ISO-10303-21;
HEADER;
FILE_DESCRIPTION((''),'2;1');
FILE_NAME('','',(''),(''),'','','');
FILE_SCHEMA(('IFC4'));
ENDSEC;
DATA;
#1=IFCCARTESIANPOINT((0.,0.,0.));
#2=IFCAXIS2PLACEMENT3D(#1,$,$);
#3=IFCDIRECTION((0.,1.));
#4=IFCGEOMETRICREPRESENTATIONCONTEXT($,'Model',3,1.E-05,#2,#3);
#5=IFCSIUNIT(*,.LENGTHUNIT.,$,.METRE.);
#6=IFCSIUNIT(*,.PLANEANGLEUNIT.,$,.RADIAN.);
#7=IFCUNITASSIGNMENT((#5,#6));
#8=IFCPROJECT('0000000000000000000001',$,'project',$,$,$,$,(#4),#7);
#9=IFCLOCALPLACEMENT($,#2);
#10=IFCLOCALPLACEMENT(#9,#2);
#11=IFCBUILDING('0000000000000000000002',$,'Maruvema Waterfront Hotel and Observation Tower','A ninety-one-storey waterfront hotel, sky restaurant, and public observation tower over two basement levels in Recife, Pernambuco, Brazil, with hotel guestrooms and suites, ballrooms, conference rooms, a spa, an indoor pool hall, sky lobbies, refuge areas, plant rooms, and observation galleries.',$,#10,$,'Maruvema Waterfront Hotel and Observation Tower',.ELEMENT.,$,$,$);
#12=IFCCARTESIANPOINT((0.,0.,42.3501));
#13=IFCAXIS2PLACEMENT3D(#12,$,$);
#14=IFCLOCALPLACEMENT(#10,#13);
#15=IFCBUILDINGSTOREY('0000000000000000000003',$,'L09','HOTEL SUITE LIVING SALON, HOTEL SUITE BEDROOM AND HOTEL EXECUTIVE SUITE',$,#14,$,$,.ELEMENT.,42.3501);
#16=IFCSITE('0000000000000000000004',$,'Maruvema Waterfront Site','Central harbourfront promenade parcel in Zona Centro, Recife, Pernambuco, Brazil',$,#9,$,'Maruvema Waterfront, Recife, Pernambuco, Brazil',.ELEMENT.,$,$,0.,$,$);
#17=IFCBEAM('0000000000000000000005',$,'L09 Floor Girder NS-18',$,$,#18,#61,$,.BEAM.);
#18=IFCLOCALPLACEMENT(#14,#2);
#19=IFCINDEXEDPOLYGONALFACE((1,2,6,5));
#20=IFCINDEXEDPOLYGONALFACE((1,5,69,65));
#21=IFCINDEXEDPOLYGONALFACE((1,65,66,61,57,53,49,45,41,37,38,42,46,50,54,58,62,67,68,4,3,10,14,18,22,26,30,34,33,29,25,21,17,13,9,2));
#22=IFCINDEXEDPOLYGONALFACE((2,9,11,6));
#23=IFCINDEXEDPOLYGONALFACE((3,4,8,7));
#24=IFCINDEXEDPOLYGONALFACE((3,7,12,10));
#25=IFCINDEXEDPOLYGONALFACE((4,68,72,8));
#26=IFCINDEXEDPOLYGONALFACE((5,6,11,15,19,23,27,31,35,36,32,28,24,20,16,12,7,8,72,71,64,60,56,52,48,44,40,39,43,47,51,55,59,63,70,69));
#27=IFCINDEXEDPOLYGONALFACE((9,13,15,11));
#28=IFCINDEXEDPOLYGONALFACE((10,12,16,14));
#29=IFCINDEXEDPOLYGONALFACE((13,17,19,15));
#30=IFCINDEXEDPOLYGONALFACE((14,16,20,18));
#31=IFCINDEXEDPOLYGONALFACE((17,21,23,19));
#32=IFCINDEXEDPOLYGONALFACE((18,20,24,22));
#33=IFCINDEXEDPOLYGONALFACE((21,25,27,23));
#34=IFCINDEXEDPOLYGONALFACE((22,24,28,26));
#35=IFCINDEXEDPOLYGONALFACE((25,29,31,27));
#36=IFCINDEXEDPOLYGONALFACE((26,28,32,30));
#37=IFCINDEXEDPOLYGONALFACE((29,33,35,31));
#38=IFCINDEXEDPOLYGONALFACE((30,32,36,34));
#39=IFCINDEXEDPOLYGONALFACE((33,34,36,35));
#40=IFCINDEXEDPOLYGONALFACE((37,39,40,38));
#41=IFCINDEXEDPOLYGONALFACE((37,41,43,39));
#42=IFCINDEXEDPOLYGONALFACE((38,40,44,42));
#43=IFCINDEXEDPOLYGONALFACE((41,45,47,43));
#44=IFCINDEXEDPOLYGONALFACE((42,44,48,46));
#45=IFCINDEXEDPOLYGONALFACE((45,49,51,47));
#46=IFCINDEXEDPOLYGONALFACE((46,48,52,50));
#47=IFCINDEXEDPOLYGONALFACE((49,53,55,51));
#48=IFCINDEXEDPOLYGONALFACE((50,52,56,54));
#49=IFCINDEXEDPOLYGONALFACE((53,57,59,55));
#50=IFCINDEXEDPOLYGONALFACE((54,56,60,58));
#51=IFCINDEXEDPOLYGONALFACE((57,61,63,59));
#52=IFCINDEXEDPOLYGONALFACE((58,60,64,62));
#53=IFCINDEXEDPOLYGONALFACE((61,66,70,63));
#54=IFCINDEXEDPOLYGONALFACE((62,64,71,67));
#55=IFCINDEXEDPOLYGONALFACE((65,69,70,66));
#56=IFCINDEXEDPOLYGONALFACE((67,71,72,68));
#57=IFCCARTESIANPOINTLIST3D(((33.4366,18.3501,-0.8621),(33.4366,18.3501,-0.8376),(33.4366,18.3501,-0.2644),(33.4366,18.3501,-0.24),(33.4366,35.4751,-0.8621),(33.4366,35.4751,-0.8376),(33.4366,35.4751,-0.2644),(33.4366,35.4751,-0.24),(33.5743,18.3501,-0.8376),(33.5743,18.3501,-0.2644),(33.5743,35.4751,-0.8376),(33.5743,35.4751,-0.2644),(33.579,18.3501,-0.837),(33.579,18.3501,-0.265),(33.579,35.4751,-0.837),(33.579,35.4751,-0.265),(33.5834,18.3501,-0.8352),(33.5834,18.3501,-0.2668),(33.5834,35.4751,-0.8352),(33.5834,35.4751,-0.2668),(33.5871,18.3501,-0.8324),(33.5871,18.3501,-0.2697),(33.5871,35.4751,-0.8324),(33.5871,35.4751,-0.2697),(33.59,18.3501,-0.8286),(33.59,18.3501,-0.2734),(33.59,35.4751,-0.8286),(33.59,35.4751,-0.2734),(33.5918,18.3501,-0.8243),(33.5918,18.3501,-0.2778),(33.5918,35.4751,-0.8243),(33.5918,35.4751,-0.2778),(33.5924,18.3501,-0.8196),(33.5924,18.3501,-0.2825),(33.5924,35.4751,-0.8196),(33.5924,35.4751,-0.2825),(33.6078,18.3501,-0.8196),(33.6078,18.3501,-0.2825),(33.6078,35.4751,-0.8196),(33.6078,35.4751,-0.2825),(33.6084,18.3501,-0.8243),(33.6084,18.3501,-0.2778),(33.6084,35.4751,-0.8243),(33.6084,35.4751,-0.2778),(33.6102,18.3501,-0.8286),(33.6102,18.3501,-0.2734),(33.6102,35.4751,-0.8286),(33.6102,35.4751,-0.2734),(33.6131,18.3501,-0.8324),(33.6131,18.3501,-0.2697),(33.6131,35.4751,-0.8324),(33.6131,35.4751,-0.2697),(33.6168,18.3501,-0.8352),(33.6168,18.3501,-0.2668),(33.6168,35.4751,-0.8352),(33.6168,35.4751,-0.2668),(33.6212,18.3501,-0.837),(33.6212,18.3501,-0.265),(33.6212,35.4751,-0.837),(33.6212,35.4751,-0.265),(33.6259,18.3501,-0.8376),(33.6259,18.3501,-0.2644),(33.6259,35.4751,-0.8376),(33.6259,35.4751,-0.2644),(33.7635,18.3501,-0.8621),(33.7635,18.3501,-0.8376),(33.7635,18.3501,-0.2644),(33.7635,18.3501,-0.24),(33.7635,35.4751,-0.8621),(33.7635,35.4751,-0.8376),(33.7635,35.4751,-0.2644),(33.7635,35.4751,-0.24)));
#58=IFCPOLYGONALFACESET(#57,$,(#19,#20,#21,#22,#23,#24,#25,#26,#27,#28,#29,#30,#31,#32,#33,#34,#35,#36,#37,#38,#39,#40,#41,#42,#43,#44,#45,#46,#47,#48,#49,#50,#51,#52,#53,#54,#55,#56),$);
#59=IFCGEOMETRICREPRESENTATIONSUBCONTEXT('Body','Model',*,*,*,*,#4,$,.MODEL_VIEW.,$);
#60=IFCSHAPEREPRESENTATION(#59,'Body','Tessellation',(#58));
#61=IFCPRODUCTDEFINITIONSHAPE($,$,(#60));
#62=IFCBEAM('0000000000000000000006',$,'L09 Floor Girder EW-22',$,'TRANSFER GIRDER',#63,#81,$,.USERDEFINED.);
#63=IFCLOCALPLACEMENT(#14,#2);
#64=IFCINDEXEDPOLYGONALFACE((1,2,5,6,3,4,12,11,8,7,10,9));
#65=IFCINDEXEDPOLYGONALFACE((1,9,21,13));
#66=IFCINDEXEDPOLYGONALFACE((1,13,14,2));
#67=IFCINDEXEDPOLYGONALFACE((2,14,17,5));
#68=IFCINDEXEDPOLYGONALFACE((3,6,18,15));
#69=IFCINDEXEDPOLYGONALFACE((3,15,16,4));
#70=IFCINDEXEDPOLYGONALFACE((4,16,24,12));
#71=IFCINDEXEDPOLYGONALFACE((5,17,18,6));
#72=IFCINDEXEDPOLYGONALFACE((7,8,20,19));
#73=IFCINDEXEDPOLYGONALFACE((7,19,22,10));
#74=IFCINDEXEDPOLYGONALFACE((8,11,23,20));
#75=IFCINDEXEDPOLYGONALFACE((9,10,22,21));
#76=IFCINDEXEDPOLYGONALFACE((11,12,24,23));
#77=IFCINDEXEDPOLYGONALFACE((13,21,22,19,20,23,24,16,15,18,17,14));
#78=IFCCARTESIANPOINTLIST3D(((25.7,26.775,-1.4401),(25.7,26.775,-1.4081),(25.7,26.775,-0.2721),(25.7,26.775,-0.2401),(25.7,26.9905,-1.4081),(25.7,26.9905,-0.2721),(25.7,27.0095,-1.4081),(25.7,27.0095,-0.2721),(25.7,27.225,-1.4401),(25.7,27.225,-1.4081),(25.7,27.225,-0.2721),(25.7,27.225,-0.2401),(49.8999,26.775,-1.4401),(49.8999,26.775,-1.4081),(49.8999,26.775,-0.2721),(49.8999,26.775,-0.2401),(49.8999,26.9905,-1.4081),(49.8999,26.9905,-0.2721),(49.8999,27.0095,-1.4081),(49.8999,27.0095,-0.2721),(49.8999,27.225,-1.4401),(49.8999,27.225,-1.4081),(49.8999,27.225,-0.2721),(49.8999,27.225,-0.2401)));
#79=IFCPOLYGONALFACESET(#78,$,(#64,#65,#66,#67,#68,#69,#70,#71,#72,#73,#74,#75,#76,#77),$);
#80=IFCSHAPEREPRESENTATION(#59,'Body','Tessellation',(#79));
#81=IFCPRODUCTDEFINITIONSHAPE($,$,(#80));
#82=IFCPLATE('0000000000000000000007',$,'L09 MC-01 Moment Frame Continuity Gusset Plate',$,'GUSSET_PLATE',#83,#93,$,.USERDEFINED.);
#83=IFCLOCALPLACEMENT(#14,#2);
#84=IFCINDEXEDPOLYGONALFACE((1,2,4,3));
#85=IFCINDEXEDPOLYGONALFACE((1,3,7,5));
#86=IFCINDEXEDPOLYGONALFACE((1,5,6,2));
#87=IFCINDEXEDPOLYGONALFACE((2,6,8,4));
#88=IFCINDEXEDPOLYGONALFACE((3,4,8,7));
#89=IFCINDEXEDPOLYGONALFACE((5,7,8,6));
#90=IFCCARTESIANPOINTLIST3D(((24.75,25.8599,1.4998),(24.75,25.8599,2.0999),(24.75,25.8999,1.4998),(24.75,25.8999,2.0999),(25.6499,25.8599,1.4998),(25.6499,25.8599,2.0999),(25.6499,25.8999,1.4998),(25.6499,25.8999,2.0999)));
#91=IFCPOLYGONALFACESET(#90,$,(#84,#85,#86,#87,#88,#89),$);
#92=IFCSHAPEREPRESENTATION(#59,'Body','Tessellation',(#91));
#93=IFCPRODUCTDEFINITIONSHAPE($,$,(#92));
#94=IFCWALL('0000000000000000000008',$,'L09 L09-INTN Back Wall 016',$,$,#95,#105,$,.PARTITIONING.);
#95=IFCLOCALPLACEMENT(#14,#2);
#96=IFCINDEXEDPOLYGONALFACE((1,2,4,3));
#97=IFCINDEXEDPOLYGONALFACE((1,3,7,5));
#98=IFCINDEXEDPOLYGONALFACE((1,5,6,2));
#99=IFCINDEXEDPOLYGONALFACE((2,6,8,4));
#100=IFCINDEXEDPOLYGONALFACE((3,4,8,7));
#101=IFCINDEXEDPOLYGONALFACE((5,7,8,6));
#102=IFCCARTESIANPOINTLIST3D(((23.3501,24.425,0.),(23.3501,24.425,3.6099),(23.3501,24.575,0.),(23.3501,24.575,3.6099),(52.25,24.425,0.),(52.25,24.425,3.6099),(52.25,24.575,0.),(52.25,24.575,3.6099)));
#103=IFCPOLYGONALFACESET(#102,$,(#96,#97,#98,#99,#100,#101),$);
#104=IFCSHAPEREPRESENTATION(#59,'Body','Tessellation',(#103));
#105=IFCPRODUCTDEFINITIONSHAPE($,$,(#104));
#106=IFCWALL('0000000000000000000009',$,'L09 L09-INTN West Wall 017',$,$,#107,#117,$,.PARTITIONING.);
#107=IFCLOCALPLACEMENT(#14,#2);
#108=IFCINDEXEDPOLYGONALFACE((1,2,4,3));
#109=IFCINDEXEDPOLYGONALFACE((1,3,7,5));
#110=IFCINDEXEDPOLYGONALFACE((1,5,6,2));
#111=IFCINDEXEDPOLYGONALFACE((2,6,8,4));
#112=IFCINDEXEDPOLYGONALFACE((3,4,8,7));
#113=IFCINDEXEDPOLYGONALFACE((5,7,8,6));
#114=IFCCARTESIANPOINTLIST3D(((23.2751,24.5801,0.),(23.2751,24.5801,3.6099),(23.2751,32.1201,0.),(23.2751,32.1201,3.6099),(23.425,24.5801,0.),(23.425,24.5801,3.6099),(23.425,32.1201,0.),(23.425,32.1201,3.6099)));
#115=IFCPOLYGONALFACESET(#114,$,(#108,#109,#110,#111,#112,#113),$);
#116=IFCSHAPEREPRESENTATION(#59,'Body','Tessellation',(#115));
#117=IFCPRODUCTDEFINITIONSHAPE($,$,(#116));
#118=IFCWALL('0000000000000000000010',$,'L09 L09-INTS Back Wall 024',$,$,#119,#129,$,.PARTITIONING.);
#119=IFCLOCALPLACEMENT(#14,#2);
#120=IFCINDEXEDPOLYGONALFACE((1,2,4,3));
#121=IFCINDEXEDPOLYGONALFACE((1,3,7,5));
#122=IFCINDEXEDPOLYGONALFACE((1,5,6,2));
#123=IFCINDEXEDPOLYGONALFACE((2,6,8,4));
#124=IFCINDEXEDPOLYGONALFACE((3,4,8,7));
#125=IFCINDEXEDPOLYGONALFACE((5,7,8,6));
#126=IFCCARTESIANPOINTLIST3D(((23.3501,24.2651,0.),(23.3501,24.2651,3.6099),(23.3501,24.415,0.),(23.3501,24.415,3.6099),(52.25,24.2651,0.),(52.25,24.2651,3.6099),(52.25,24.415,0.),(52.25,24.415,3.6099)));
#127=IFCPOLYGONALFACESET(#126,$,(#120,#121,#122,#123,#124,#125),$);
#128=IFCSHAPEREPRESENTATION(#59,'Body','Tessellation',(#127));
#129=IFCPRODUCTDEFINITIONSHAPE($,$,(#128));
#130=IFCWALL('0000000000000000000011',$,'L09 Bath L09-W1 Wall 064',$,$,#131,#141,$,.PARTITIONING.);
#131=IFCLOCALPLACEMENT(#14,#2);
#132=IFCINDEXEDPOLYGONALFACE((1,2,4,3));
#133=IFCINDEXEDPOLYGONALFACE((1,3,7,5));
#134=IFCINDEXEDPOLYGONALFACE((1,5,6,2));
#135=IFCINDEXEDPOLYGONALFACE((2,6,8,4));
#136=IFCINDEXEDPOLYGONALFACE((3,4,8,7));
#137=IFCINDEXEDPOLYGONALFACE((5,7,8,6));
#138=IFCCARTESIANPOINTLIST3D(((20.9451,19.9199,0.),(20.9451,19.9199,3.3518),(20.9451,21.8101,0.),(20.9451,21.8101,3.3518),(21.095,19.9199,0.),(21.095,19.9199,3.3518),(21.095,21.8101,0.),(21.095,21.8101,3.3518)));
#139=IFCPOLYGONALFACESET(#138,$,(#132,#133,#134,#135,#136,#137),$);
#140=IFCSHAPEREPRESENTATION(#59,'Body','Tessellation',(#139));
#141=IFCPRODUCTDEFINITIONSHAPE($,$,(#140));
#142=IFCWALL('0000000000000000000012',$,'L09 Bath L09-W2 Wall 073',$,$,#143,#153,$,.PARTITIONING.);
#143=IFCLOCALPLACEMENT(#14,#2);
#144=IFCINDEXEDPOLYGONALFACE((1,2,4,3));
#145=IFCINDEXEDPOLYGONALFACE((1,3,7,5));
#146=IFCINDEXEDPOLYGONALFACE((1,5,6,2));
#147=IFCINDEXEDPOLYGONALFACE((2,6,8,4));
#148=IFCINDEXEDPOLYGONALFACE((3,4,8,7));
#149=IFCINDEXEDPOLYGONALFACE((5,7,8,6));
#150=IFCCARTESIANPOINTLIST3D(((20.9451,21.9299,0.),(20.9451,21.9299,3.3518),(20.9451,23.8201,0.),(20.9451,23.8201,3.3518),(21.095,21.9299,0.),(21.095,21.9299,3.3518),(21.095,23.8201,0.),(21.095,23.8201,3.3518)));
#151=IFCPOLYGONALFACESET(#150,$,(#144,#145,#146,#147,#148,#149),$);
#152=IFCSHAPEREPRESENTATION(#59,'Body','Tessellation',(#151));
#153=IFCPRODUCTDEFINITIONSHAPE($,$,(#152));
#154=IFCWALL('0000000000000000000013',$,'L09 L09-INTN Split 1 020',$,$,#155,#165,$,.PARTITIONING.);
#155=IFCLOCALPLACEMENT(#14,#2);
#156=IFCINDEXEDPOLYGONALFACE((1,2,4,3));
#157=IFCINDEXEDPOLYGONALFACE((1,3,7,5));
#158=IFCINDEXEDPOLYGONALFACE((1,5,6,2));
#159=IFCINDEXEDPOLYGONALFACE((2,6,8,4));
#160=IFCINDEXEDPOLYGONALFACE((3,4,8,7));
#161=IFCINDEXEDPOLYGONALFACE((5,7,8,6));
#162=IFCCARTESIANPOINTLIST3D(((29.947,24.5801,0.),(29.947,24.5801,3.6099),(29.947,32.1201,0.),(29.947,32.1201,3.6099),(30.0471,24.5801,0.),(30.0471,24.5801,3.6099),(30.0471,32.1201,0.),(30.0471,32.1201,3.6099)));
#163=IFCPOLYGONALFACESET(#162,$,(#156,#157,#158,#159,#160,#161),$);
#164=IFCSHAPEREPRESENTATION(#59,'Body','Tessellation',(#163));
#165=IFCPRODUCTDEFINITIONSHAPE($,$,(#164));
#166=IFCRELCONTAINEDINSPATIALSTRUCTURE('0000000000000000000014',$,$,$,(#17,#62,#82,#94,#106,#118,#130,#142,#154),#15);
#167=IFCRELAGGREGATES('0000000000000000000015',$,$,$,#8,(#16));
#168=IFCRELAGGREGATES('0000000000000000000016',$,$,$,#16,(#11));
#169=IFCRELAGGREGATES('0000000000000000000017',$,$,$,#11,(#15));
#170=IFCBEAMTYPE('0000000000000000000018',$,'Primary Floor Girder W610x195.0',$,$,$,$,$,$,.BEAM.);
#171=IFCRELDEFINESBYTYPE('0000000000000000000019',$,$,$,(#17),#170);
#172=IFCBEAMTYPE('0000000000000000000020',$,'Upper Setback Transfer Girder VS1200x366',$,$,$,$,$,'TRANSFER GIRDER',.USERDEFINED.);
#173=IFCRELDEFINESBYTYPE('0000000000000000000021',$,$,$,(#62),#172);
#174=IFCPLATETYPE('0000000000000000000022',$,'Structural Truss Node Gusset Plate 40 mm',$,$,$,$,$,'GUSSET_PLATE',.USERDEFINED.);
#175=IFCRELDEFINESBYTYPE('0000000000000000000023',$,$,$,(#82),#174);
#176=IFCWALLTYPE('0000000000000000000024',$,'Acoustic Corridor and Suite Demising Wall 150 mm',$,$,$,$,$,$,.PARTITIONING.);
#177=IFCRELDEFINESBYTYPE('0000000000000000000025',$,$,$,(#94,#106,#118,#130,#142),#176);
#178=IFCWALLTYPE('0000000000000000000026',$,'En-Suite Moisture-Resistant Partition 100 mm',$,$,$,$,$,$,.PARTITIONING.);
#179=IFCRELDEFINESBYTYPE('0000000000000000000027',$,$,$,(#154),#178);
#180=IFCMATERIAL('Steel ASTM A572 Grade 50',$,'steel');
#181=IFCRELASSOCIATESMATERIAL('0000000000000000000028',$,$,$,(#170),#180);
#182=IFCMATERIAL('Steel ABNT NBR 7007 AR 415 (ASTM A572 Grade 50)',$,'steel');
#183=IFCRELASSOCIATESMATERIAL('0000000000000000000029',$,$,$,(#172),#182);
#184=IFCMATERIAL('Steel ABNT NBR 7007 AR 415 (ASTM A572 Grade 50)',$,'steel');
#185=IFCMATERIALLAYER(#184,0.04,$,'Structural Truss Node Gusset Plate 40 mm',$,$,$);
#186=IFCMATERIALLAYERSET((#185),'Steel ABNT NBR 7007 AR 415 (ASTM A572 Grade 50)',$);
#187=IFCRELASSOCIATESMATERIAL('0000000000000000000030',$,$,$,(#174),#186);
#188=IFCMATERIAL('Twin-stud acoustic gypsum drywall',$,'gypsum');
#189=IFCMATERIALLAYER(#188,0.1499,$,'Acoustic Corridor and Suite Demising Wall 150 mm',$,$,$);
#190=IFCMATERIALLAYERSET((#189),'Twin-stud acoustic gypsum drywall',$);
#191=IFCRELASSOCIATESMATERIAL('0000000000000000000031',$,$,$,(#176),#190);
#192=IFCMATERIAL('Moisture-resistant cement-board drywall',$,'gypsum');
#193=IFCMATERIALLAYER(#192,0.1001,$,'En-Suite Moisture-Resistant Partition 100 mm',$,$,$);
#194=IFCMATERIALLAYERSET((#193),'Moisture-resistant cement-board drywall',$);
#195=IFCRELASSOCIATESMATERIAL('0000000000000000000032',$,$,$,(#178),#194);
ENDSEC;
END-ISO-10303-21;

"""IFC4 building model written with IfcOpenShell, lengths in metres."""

from ifc_helpers import new_model, si_unit, direction, frame, frame_2d, origin, origin_2d, place, context, subcontext, project, spatial, rectangle, i_section, extrude, material, layer, layer_set, material_profile, profile_set, type_object, element, save


model = new_model("IFC4")

# Units and contexts
model_context = context("Model", 3, precision=1e-05, world=origin(), true_north=direction((0.0, 1.0)))
body_context = subcontext(model_context, "Body", "Model", "MODEL_VIEW")
ifc_project = project(units=[si_unit("LENGTHUNIT", "METRE"), si_unit("PLANEANGLEUNIT", "RADIAN")], contexts=[model_context])

# Site, building, storey
site_placement = place(None, origin())
site = spatial("IfcSite", under=ifc_project, at=site_placement, Name="Maruvema Waterfront Site", Description="Central harbourfront promenade parcel in Zona Centro, Recife, Pernambuco, Brazil", LongName="Maruvema Waterfront, Recife, Pernambuco, Brazil", CompositionType="ELEMENT", RefElevation=0.0)
building_placement = place(site_placement, origin())
building = spatial("IfcBuilding", under=site, at=building_placement, Name="Maruvema Waterfront Hotel and Observation Tower", Description="A ninety-one-storey waterfront hotel, sky restaurant, and public observation tower over two basement levels in Recife, Pernambuco, Brazil, with hotel guestrooms and suites, ballrooms, conference rooms, a spa, an indoor pool hall, sky lobbies, refuge areas, plant rooms, and observation galleries.", LongName="Maruvema Waterfront Hotel and Observation Tower", CompositionType="ELEMENT")
storey_placement = place(building_placement, frame((0.0, 0.0, 42.3501)))
storey = spatial("IfcBuildingStorey", under=building, at=storey_placement, Name="L09", Description="HOTEL SUITE LIVING SALON, HOTEL SUITE BEDROOM AND HOTEL EXECUTIVE SUITE", CompositionType="ELEMENT", Elevation=42.3501)

# Beams
ifc_material_1 = material(Name="Steel ASTM A572 Grade 50", Category="steel")
ifc_material_profile_1 = material_profile(ifc_material_1, i_section(OverallWidth=0.3269, OverallDepth=0.6221, WebThickness=0.0154, FlangeThickness=0.0244, FilletRadius=0.0181, at=origin_2d()), Name="W610x195.0")
ifc_profile_set_1 = profile_set([ifc_material_profile_1], Name="Steel ASTM A572 Grade 50")
beam_type_1 = type_object("IfcBeamType", Name="Primary Floor Girder W610x195.0", PredefinedType="BEAM", material=ifc_profile_set_1)
beam_1_placement = place(storey_placement, frame((33.6001, 18.3501, -0.551), z_axis=(0.0, 1.0, 0.0), x_axis=(-1.0, 0.0, 0.0)))
element("IfcBeam", 1, at=beam_1_placement, inside=storey, type_object=beam_type_1, Name="L09 Floor Girder NS-18", PredefinedType="BEAM", context=body_context, shape_type="SweptSolid", body=[
    extrude(i_section(OverallWidth=0.3269, OverallDepth=0.6221, WebThickness=0.0154, FlangeThickness=0.0244, FilletRadius=0.0181, at=origin_2d()), origin(), (0.0, 0.0, 1.0), 17.125),
])
ifc_material_2 = material(Name="Steel ABNT NBR 7007 AR 415 (ASTM A572 Grade 50)", Category="steel")
ifc_material_profile_2 = material_profile(ifc_material_2, i_section(OverallWidth=0.45, OverallDepth=1.2, WebThickness=0.019, FlangeThickness=0.032, at=origin_2d()), Name="VS1200x366")
ifc_profile_set_2 = profile_set([ifc_material_profile_2], Name="Steel ABNT NBR 7007 AR 415 (ASTM A572 Grade 50)")
beam_type_2 = type_object("IfcBeamType", Name="Upper Setback Transfer Girder VS1200x366", ElementType="TRANSFER GIRDER", PredefinedType="USERDEFINED", material=ifc_profile_set_2)
beam_2_placement = place(storey_placement, frame((25.7, 27.0, -0.8401), z_axis=(1.0, 0.0, 0.0), x_axis=(0.0, 1.0, 0.0)))
element("IfcBeam", 2, at=beam_2_placement, inside=storey, type_object=beam_type_2, Name="L09 Floor Girder EW-22", ObjectType="TRANSFER GIRDER", PredefinedType="USERDEFINED", context=body_context, shape_type="SweptSolid", body=[
    extrude(i_section(OverallWidth=0.45, OverallDepth=1.2, WebThickness=0.019, FlangeThickness=0.032, at=origin_2d()), origin(), (0.0, 0.0, 1.0), 24.2),
])

# Plate
ifc_material_3 = material(Name="Steel ABNT NBR 7007 AR 415 (ASTM A572 Grade 50)", Category="steel")
ifc_layer_1 = layer(ifc_material_3, 0.04, Name="Structural Truss Node Gusset Plate 40 mm")
ifc_layer_set_1 = layer_set([ifc_layer_1], Name="Steel ABNT NBR 7007 AR 415 (ASTM A572 Grade 50)")
plate_type = type_object("IfcPlateType", Name="Structural Truss Node Gusset Plate 40 mm", ElementType="GUSSET_PLATE", PredefinedType="USERDEFINED", material=ifc_layer_set_1)
plate_placement = place(storey_placement, frame((25.2, 25.8799, 1.4998), z_axis=(0.0, 0.0, 1.0), x_axis=(1.0, 0.0, 0.0)))
element("IfcPlate", 3, at=plate_placement, inside=storey, type_object=plate_type, Name="L09 MC-01 Moment Frame Continuity Gusset Plate", ObjectType="GUSSET_PLATE", PredefinedType="USERDEFINED", context=body_context, shape_type="SweptSolid", body=[
    extrude(rectangle(XDim=0.8999, YDim=0.04, at=origin_2d()), origin(), (0.0, 0.0, 1.0), 0.6001),
])

# Walls
ifc_material_4 = material(Name="Twin-stud acoustic gypsum drywall", Category="gypsum")
ifc_layer_2 = layer(ifc_material_4, 0.1499, Name="Acoustic Corridor and Suite Demising Wall 150 mm")
ifc_layer_set_2 = layer_set([ifc_layer_2], Name="Twin-stud acoustic gypsum drywall")
wall_type_1 = type_object("IfcWallType", Name="Acoustic Corridor and Suite Demising Wall 150 mm", PredefinedType="PARTITIONING", material=ifc_layer_set_2)
wall_1_placement = place(storey_placement, frame((23.3501, 24.5, 0.0), z_axis=(0.0, 0.0, 1.0), x_axis=(1.0, 0.0, 0.0)))
element("IfcWall", 4, at=wall_1_placement, inside=storey, type_object=wall_type_1, Name="L09 L09-INTN Back Wall 016", PredefinedType="PARTITIONING", context=body_context, shape_type="SweptSolid", body=[
    extrude(rectangle(XDim=28.8999, YDim=0.1499, at=frame_2d((14.45, 0.0))), origin(), (0.0, 0.0, 1.0), 3.6099),
])
wall_2_placement = place(storey_placement, frame((23.3501, 24.5801, 0.0), z_axis=(0.0, 0.0, 1.0), x_axis=(0.0, 1.0, 0.0)))
element("IfcWall", 5, at=wall_2_placement, inside=storey, type_object=wall_type_1, Name="L09 L09-INTN West Wall 017", PredefinedType="PARTITIONING", context=body_context, shape_type="SweptSolid", body=[
    extrude(rectangle(XDim=7.54, YDim=0.1499, at=frame_2d((3.77, 0.0))), origin(), (0.0, 0.0, 1.0), 3.6099),
])
wall_3_placement = place(storey_placement, frame((23.3501, 24.3401, 0.0), z_axis=(0.0, 0.0, 1.0), x_axis=(1.0, 0.0, 0.0)))
element("IfcWall", 6, at=wall_3_placement, inside=storey, type_object=wall_type_1, Name="L09 L09-INTS Back Wall 024", PredefinedType="PARTITIONING", context=body_context, shape_type="SweptSolid", body=[
    extrude(rectangle(XDim=28.8999, YDim=0.1499, at=frame_2d((14.45, 0.0))), origin(), (0.0, 0.0, 1.0), 3.6099),
])
for number, where, z_axis, x_axis, name in (
    (7, (21.02, 19.9199, 0.0), (0.0, 0.0, 1.0), (0.0, 1.0, 0.0), "L09 Bath L09-W1 Wall 064"),
    (8, (21.02, 21.9299, 0.0), (0.0, 0.0, 1.0), (0.0, 1.0, 0.0), "L09 Bath L09-W2 Wall 073"),
):
    element("IfcWall", number, at=place(storey_placement, frame(where, z_axis=z_axis, x_axis=x_axis)), inside=storey, type_object=wall_type_1, Name=name, PredefinedType="PARTITIONING", context=body_context, shape_type="SweptSolid", body=[
        extrude(rectangle(XDim=1.8901, YDim=0.1499, at=frame_2d((0.9451, 0.0))), origin(), (0.0, 0.0, 1.0), 3.3518),
    ])

# Wall
ifc_material_5 = material(Name="Moisture-resistant cement-board drywall", Category="gypsum")
ifc_layer_3 = layer(ifc_material_5, 0.1001, Name="En-Suite Moisture-Resistant Partition 100 mm")
ifc_layer_set_3 = layer_set([ifc_layer_3], Name="Moisture-resistant cement-board drywall")
wall_type_2 = type_object("IfcWallType", Name="En-Suite Moisture-Resistant Partition 100 mm", PredefinedType="PARTITIONING", material=ifc_layer_set_3)
wall_4_placement = place(storey_placement, frame((29.9971, 24.5801, 0.0), z_axis=(0.0, 0.0, 1.0), x_axis=(0.0, 1.0, 0.0)))
element("IfcWall", 9, at=wall_4_placement, inside=storey, type_object=wall_type_2, Name="L09 L09-INTN Split 1 020", PredefinedType="PARTITIONING", context=body_context, shape_type="SweptSolid", body=[
    extrude(rectangle(XDim=7.54, YDim=0.1001, at=frame_2d((3.77, 0.0))), origin(), (0.0, 0.0, 1.0), 3.6099),
])

save(model, "model.ifc")
